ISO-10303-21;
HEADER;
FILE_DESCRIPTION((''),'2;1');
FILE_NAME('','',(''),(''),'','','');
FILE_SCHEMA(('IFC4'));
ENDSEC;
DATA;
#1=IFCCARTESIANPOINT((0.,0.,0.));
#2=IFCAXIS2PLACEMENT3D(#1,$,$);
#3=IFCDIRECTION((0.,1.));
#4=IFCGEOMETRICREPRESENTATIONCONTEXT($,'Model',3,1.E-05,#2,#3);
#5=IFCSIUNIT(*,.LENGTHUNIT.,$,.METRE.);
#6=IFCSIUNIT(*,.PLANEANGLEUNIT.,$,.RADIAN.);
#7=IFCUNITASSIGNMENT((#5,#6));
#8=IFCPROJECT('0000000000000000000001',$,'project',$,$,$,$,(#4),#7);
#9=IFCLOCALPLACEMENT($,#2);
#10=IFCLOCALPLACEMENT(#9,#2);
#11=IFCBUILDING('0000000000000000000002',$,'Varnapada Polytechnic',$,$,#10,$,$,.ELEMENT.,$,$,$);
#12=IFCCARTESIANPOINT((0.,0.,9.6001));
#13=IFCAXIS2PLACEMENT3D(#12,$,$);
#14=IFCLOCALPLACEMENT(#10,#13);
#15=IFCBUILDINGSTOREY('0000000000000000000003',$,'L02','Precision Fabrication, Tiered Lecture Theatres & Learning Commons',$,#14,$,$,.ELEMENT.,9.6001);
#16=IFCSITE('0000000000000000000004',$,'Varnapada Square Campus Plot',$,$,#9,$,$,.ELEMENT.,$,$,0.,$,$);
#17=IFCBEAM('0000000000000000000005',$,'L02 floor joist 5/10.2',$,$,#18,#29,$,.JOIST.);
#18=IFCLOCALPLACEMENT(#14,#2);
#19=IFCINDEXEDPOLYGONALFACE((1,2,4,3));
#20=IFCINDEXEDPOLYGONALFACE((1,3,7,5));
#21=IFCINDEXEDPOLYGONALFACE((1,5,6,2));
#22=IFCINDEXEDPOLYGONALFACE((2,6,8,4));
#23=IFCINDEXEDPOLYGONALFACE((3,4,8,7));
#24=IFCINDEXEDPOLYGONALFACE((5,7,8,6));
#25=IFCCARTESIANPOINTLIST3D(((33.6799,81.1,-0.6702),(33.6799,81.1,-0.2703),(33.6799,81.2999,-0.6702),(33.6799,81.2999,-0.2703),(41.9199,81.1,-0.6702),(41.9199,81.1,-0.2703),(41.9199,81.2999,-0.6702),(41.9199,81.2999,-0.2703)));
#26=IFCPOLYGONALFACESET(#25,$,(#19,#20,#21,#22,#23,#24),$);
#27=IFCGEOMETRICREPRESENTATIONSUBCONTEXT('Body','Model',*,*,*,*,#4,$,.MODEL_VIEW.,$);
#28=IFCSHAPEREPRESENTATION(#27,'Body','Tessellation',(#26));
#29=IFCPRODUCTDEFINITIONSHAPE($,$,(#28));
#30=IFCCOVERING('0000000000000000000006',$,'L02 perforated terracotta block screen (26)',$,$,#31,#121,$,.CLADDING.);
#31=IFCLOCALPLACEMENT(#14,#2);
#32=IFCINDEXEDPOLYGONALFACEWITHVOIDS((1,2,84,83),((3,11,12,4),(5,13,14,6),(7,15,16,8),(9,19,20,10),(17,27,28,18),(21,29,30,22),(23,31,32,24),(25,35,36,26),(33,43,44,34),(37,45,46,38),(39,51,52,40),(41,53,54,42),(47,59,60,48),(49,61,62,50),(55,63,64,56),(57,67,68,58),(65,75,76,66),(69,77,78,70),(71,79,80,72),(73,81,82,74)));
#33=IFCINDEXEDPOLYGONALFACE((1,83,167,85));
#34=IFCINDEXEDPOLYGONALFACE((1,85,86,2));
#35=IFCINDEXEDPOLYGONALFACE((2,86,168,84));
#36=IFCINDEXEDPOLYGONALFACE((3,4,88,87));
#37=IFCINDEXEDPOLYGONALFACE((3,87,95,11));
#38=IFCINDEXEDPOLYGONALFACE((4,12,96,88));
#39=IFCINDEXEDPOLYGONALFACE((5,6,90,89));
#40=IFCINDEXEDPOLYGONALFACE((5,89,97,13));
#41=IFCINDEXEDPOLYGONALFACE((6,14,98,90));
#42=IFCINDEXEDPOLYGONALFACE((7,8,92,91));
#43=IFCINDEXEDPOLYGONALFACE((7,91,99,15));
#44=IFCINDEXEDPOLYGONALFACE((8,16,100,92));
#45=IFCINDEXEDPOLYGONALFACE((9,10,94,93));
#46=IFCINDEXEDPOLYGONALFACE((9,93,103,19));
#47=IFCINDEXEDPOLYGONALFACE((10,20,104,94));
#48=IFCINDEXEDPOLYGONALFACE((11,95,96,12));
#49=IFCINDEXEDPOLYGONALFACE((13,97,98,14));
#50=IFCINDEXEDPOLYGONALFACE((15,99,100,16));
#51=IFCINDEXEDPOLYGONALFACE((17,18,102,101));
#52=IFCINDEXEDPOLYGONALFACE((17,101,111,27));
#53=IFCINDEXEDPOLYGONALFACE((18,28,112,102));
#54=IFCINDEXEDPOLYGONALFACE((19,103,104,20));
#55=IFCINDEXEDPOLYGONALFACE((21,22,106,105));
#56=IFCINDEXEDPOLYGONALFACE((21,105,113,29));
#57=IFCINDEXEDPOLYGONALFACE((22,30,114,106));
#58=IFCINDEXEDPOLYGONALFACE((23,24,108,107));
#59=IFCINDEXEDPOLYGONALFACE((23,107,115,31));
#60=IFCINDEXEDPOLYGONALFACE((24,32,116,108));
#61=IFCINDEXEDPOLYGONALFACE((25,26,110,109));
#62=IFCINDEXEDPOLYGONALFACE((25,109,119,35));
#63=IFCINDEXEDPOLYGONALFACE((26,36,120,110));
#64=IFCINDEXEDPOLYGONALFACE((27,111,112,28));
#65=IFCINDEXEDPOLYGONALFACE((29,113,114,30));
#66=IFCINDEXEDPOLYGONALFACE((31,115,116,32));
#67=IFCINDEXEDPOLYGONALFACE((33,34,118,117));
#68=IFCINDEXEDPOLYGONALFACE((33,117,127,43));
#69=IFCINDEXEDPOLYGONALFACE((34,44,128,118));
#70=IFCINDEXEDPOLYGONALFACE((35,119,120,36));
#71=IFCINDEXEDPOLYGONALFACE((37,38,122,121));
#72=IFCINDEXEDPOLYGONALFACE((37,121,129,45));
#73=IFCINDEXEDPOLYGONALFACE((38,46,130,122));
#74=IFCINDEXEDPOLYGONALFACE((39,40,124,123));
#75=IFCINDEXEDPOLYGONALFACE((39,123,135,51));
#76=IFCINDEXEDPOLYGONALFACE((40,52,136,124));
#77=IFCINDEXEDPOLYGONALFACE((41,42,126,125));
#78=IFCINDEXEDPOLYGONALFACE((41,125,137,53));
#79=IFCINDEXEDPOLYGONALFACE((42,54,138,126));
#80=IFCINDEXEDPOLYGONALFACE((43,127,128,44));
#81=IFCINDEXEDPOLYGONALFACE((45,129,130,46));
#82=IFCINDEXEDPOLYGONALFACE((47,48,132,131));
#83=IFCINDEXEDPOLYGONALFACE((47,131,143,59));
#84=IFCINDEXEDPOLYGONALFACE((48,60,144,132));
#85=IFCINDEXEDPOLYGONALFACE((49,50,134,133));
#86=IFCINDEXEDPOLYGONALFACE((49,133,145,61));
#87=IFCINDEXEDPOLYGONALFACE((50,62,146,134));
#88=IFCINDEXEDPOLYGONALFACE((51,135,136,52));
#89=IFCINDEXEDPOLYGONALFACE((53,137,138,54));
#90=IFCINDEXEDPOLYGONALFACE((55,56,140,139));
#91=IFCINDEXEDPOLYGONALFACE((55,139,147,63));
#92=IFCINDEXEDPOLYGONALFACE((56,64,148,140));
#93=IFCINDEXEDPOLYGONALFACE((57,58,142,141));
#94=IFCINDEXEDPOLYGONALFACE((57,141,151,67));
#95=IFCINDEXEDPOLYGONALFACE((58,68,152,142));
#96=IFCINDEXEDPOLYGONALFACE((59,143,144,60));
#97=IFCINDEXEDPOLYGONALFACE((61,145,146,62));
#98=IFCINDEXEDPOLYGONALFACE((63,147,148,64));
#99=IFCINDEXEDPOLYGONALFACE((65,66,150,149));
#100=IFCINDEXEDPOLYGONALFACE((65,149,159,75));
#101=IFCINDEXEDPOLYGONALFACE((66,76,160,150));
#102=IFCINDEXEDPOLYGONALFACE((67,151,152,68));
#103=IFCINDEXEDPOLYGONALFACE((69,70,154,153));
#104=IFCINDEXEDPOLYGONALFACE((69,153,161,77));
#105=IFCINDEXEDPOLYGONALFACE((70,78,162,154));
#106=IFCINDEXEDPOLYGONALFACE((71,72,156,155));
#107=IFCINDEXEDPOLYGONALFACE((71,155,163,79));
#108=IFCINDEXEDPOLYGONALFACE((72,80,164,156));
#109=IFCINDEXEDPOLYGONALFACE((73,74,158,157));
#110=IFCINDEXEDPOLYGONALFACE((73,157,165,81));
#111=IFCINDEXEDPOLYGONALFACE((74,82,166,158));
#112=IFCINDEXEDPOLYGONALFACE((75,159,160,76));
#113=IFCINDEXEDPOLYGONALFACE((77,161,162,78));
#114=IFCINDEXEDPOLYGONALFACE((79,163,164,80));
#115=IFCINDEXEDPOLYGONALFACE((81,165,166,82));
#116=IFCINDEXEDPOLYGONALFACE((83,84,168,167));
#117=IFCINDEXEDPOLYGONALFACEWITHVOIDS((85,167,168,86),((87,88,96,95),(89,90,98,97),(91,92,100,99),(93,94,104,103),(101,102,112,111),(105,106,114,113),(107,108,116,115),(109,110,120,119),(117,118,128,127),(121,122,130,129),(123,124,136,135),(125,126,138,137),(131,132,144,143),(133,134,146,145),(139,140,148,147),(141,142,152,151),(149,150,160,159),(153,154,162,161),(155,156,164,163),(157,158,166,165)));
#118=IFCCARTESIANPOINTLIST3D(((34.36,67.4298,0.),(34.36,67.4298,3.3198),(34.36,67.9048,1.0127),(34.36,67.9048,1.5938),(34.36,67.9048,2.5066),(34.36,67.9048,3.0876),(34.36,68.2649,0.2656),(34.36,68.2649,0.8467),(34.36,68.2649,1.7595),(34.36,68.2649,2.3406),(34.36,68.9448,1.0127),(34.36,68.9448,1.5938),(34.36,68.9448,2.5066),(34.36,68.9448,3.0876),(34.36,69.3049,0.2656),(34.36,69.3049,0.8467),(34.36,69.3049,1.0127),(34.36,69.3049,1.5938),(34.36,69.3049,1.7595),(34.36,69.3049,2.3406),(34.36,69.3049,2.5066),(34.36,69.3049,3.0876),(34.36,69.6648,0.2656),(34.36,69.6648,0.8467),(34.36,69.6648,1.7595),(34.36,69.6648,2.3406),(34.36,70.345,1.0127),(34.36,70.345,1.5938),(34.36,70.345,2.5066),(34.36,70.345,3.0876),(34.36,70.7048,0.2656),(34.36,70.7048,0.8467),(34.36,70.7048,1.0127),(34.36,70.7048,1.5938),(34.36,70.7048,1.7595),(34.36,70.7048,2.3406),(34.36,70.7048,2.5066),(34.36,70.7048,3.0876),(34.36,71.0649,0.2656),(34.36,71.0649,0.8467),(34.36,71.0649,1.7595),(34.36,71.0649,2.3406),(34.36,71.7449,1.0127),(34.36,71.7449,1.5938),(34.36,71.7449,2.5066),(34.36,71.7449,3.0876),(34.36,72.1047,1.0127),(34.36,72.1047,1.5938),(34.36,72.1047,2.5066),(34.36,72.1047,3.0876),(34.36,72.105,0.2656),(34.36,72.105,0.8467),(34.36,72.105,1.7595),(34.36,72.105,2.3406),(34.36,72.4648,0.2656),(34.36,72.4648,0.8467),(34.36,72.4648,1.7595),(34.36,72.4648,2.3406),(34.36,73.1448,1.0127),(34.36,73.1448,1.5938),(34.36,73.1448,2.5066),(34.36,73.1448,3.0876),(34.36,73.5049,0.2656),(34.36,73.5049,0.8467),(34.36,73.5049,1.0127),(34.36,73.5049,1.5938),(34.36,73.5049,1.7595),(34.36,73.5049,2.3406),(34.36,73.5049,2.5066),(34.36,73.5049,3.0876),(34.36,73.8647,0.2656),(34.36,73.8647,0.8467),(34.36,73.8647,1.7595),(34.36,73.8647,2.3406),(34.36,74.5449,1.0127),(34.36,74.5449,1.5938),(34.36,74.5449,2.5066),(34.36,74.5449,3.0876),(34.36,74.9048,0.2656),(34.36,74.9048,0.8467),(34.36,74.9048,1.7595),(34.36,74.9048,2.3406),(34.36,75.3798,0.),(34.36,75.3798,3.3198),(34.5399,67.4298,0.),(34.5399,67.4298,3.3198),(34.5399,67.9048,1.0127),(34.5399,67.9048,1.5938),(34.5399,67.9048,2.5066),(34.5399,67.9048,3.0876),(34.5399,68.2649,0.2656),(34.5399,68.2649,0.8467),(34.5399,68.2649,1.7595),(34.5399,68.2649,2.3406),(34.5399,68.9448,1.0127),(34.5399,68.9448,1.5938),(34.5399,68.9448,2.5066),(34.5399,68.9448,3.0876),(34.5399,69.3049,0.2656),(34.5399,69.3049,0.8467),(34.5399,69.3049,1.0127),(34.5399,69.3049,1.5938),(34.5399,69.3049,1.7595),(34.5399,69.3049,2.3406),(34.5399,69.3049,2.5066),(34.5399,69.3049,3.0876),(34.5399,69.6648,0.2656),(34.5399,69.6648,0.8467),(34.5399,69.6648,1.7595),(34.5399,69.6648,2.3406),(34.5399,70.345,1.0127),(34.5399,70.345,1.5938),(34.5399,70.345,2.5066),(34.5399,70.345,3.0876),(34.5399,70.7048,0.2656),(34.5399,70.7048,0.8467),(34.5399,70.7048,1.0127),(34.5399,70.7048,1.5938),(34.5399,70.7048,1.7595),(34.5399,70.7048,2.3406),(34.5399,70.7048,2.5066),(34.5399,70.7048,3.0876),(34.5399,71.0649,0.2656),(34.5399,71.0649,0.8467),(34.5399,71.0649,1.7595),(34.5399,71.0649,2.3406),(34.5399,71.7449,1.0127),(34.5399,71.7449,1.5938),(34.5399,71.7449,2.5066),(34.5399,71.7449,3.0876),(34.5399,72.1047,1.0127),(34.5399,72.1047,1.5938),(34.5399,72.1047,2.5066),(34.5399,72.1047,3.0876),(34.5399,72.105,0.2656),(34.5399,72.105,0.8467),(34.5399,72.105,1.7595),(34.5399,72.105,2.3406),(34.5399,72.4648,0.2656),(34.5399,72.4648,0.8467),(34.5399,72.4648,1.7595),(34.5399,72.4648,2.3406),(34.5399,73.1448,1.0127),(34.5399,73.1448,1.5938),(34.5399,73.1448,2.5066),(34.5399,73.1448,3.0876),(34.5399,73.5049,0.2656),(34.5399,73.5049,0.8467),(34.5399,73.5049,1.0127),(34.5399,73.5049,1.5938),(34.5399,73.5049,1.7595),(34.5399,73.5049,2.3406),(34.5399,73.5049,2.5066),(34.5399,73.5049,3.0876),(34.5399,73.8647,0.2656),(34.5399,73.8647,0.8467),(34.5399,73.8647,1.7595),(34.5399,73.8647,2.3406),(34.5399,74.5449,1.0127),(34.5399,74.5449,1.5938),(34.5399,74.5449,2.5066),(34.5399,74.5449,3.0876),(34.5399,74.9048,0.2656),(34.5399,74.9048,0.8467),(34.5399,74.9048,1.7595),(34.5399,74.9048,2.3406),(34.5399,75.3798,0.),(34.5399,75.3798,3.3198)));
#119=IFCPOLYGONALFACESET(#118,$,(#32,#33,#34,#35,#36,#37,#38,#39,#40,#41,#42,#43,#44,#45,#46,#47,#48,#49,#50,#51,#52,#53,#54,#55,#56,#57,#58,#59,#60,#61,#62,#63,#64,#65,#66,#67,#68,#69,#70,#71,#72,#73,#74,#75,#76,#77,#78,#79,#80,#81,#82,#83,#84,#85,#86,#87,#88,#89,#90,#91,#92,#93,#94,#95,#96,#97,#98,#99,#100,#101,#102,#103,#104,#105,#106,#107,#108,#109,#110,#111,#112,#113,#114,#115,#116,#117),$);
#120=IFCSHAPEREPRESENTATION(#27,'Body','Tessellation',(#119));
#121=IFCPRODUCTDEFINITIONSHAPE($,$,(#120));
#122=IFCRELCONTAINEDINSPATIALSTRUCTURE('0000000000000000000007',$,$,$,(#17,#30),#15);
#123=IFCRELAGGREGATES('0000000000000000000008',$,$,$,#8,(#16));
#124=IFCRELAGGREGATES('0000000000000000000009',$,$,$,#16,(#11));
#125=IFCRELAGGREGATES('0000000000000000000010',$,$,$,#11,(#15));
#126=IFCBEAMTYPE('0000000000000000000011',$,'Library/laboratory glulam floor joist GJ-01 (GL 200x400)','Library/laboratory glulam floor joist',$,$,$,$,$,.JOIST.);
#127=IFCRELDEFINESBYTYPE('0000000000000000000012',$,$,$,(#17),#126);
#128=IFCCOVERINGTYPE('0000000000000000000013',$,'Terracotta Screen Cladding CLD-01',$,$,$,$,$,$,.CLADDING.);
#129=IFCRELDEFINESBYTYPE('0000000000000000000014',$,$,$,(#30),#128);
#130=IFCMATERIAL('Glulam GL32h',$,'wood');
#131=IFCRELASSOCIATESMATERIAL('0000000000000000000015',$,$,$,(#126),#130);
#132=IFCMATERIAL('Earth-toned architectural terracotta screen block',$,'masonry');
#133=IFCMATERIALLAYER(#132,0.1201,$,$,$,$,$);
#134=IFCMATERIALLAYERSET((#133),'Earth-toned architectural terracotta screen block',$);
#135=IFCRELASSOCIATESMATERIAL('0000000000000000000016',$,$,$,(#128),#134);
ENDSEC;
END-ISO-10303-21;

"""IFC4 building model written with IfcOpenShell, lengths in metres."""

from ifc_helpers import new_model, si_unit, direction, frame, frame_2d, origin, origin_2d, place, context, subcontext, project, spatial, rectangle, extrude, material, layer, layer_set, material_profile, profile_set, type_object, element, save


model = new_model("IFC4")

# Units and contexts
model_context = context("Model", 3, precision=1e-05, world=origin(), true_north=direction((0.0, 1.0)))
body_context = subcontext(model_context, "Body", "Model", "MODEL_VIEW")
ifc_project = project(units=[si_unit("LENGTHUNIT", "METRE"), si_unit("PLANEANGLEUNIT", "RADIAN")], contexts=[model_context])

# Site, building, storey
site_placement = place(None, origin())
site = spatial("IfcSite", under=ifc_project, at=site_placement, Name="Varnapada Square Campus Plot", CompositionType="ELEMENT", RefElevation=0.0)
building_placement = place(site_placement, origin())
building = spatial("IfcBuilding", under=site, at=building_placement, Name="Varnapada Polytechnic", CompositionType="ELEMENT")
storey_placement = place(building_placement, frame((0.0, 0.0, 9.6001)))
storey = spatial("IfcBuildingStorey", under=building, at=storey_placement, Name="L02", Description="Precision Fabrication, Tiered Lecture Theatres & Learning Commons", CompositionType="ELEMENT", Elevation=9.6001)

# Beam
ifc_material_1 = material(Name="Glulam GL32h", Category="wood")
ifc_material_profile = material_profile(ifc_material_1, rectangle(XDim=0.2, YDim=0.3999, at=origin_2d()), Name="GL 200x400")
ifc_profile_set = profile_set([ifc_material_profile], Name="Glulam GL32h")
beam_type = type_object("IfcBeamType", Name="Library/laboratory glulam floor joist GJ-01 (GL 200x400)", Description="Library/laboratory glulam floor joist", PredefinedType="JOIST", material=ifc_profile_set)
beam_placement = place(storey_placement, frame((33.6799, 81.2, -0.4702), z_axis=(1.0, 0.0, 0.0), x_axis=(0.0, 1.0, 0.0)))
element("IfcBeam", 1, at=beam_placement, inside=storey, type_object=beam_type, Name="L02 floor joist 5/10.2", PredefinedType="JOIST", context=body_context, shape_type="SweptSolid", body=[
    extrude(rectangle(XDim=0.2, YDim=0.3999, at=origin_2d()), origin(), (0.0, 0.0, 1.0), 8.24),
])

# Covering, openings
ifc_material_2 = material(Name="Earth-toned architectural terracotta screen block", Category="masonry")
ifc_layer_1 = layer(ifc_material_2, 0.1201)
ifc_layer_set_1 = layer_set([ifc_layer_1], Name="Earth-toned architectural terracotta screen block")
covering_type = type_object("IfcCoveringType", Name="Terracotta Screen Cladding CLD-01", PredefinedType="CLADDING", material=ifc_layer_set_1)
covering_placement = place(storey_placement, frame((34.45, 75.3799, 0.0), z_axis=(0.0, 0.0, 1.0), x_axis=(0.0, -1.0, 0.0)))
covering = element("IfcCovering", 2, at=covering_placement, inside=storey, type_object=covering_type, Name="L02 perforated terracotta block screen (26)", PredefinedType="CLADDING", context=body_context, shape_type="SweptSolid", body=[
    extrude(rectangle(XDim=7.95, YDim=0.1799, at=frame_2d((3.9751, 0.0))), origin(), (0.0, 0.0, 1.0), 3.3198),
])
opening_1_placement = place(covering_placement, frame((0.4751, 0.0, 0.2656)))
element("IfcOpeningElement", 3, at=opening_1_placement, cuts=covering, PredefinedType="OPENING", context=body_context, shape_type="SweptSolid", body=[
    extrude(rectangle(XDim=1.04, YDim=0.5811, at=frame_2d((0.52, 0.2905))), frame((0.0, 0.0999, 0.0), z_axis=(0.0, -1.0, 0.0), x_axis=(1.0, 0.0, 0.0)), (0.0, 0.0, 1.0), 0.2),
])
opening_2_placement = place(covering_placement, frame((1.875, 0.0, 0.2656)))
element("IfcOpeningElement", 4, at=opening_2_placement, cuts=covering, PredefinedType="OPENING", context=body_context, shape_type="SweptSolid", body=[
    extrude(rectangle(XDim=1.04, YDim=0.5811, at=frame_2d((0.52, 0.2905))), frame((0.0, 0.0999, 0.0), z_axis=(0.0, -1.0, 0.0), x_axis=(1.0, 0.0, 0.0)), (0.0, 0.0, 1.0), 0.2),
])
opening_3_placement = place(covering_placement, frame((3.2749, 0.0, 0.2656)))
element("IfcOpeningElement", 5, at=opening_3_placement, cuts=covering, PredefinedType="OPENING", context=body_context, shape_type="SweptSolid", body=[
    extrude(rectangle(XDim=1.04, YDim=0.5811, at=frame_2d((0.52, 0.2905))), frame((0.0, 0.0999, 0.0), z_axis=(0.0, -1.0, 0.0), x_axis=(1.0, 0.0, 0.0)), (0.0, 0.0, 1.0), 0.2),
])
opening_4_placement = place(covering_placement, frame((4.675, 0.0, 0.2656)))
element("IfcOpeningElement", 6, at=opening_4_placement, cuts=covering, PredefinedType="OPENING", context=body_context, shape_type="SweptSolid", body=[
    extrude(rectangle(XDim=1.04, YDim=0.5811, at=frame_2d((0.52, 0.2905))), frame((0.0, 0.0999, 0.0), z_axis=(0.0, -1.0, 0.0), x_axis=(1.0, 0.0, 0.0)), (0.0, 0.0, 1.0), 0.2),
])
opening_5_placement = place(covering_placement, frame((6.075, 0.0, 0.2656)))
element("IfcOpeningElement", 7, at=opening_5_placement, cuts=covering, PredefinedType="OPENING", context=body_context, shape_type="SweptSolid", body=[
    extrude(rectangle(XDim=1.04, YDim=0.5811, at=frame_2d((0.52, 0.2905))), frame((0.0, 0.0999, 0.0), z_axis=(0.0, -1.0, 0.0), x_axis=(1.0, 0.0, 0.0)), (0.0, 0.0, 1.0), 0.2),
])
opening_6_placement = place(covering_placement, frame((0.835, 0.0, 1.0127)))
element("IfcOpeningElement", 8, at=opening_6_placement, cuts=covering, PredefinedType="OPENING", context=body_context, shape_type="SweptSolid", body=[
    extrude(rectangle(XDim=1.04, YDim=0.5811, at=frame_2d((0.52, 0.2905))), frame((0.0, 0.0999, 0.0), z_axis=(0.0, -1.0, 0.0), x_axis=(1.0, 0.0, 0.0)), (0.0, 0.0, 1.0), 0.2),
])
opening_7_placement = place(covering_placement, frame((2.2351, 0.0, 1.0127)))
element("IfcOpeningElement", 9, at=opening_7_placement, cuts=covering, PredefinedType="OPENING", context=body_context, shape_type="SweptSolid", body=[
    extrude(rectangle(XDim=1.04, YDim=0.5811, at=frame_2d((0.52, 0.2905))), frame((0.0, 0.0999, 0.0), z_axis=(0.0, -1.0, 0.0), x_axis=(1.0, 0.0, 0.0)), (0.0, 0.0, 1.0), 0.2),
])
opening_8_placement = place(covering_placement, frame((3.635, 0.0, 1.0127)))
element("IfcOpeningElement", 10, at=opening_8_placement, cuts=covering, PredefinedType="OPENING", context=body_context, shape_type="SweptSolid", body=[
    extrude(rectangle(XDim=1.04, YDim=0.5811, at=frame_2d((0.52, 0.2905))), frame((0.0, 0.0999, 0.0), z_axis=(0.0, -1.0, 0.0), x_axis=(1.0, 0.0, 0.0)), (0.0, 0.0, 1.0), 0.2),
])
opening_9_placement = place(covering_placement, frame((5.0349, 0.0, 1.0127)))
element("IfcOpeningElement", 11, at=opening_9_placement, cuts=covering, PredefinedType="OPENING", context=body_context, shape_type="SweptSolid", body=[
    extrude(rectangle(XDim=1.04, YDim=0.5811, at=frame_2d((0.52, 0.2905))), frame((0.0, 0.0999, 0.0), z_axis=(0.0, -1.0, 0.0), x_axis=(1.0, 0.0, 0.0)), (0.0, 0.0, 1.0), 0.2),
])
opening_10_placement = place(covering_placement, frame((6.4351, 0.0, 1.0127)))
element("IfcOpeningElement", 12, at=opening_10_placement, cuts=covering, PredefinedType="OPENING", context=body_context, shape_type="SweptSolid", body=[
    extrude(rectangle(XDim=1.04, YDim=0.5811, at=frame_2d((0.52, 0.2905))), frame((0.0, 0.0999, 0.0), z_axis=(0.0, -1.0, 0.0), x_axis=(1.0, 0.0, 0.0)), (0.0, 0.0, 1.0), 0.2),
])
opening_11_placement = place(covering_placement, frame((0.4751, 0.0, 1.7595)))
element("IfcOpeningElement", 13, at=opening_11_placement, cuts=covering, PredefinedType="OPENING", context=body_context, shape_type="SweptSolid", body=[
    extrude(rectangle(XDim=1.04, YDim=0.5811, at=frame_2d((0.52, 0.2905))), frame((0.0, 0.0999, 0.0), z_axis=(0.0, -1.0, 0.0), x_axis=(1.0, 0.0, 0.0)), (0.0, 0.0, 1.0), 0.2),
])
opening_12_placement = place(covering_placement, frame((1.875, 0.0, 1.7595)))
element("IfcOpeningElement", 14, at=opening_12_placement, cuts=covering, PredefinedType="OPENING", context=body_context, shape_type="SweptSolid", body=[
    extrude(rectangle(XDim=1.04, YDim=0.5811, at=frame_2d((0.52, 0.2905))), frame((0.0, 0.0999, 0.0), z_axis=(0.0, -1.0, 0.0), x_axis=(1.0, 0.0, 0.0)), (0.0, 0.0, 1.0), 0.2),
])
opening_13_placement = place(covering_placement, frame((3.2749, 0.0, 1.7595)))
element("IfcOpeningElement", 15, at=opening_13_placement, cuts=covering, PredefinedType="OPENING", context=body_context, shape_type="SweptSolid", body=[
    extrude(rectangle(XDim=1.04, YDim=0.5811, at=frame_2d((0.52, 0.2905))), frame((0.0, 0.0999, 0.0), z_axis=(0.0, -1.0, 0.0), x_axis=(1.0, 0.0, 0.0)), (0.0, 0.0, 1.0), 0.2),
])
opening_14_placement = place(covering_placement, frame((4.675, 0.0, 1.7595)))
element("IfcOpeningElement", 16, at=opening_14_placement, cuts=covering, PredefinedType="OPENING", context=body_context, shape_type="SweptSolid", body=[
    extrude(rectangle(XDim=1.04, YDim=0.5811, at=frame_2d((0.52, 0.2905))), frame((0.0, 0.0999, 0.0), z_axis=(0.0, -1.0, 0.0), x_axis=(1.0, 0.0, 0.0)), (0.0, 0.0, 1.0), 0.2),
])
opening_15_placement = place(covering_placement, frame((6.075, 0.0, 1.7595)))
element("IfcOpeningElement", 17, at=opening_15_placement, cuts=covering, PredefinedType="OPENING", context=body_context, shape_type="SweptSolid", body=[
    extrude(rectangle(XDim=1.04, YDim=0.5811, at=frame_2d((0.52, 0.2905))), frame((0.0, 0.0999, 0.0), z_axis=(0.0, -1.0, 0.0), x_axis=(1.0, 0.0, 0.0)), (0.0, 0.0, 1.0), 0.2),
])
opening_16_placement = place(covering_placement, frame((0.835, 0.0, 2.5066)))
element("IfcOpeningElement", 18, at=opening_16_placement, cuts=covering, PredefinedType="OPENING", context=body_context, shape_type="SweptSolid", body=[
    extrude(rectangle(XDim=1.04, YDim=0.5811, at=frame_2d((0.52, 0.2905))), frame((0.0, 0.0999, 0.0), z_axis=(0.0, -1.0, 0.0), x_axis=(1.0, 0.0, 0.0)), (0.0, 0.0, 1.0), 0.2),
])
opening_17_placement = place(covering_placement, frame((2.2351, 0.0, 2.5066)))
element("IfcOpeningElement", 19, at=opening_17_placement, cuts=covering, PredefinedType="OPENING", context=body_context, shape_type="SweptSolid", body=[
    extrude(rectangle(XDim=1.04, YDim=0.5811, at=frame_2d((0.52, 0.2905))), frame((0.0, 0.0999, 0.0), z_axis=(0.0, -1.0, 0.0), x_axis=(1.0, 0.0, 0.0)), (0.0, 0.0, 1.0), 0.2),
])
opening_18_placement = place(covering_placement, frame((3.635, 0.0, 2.5066)))
element("IfcOpeningElement", 20, at=opening_18_placement, cuts=covering, PredefinedType="OPENING", context=body_context, shape_type="SweptSolid", body=[
    extrude(rectangle(XDim=1.04, YDim=0.5811, at=frame_2d((0.52, 0.2905))), frame((0.0, 0.0999, 0.0), z_axis=(0.0, -1.0, 0.0), x_axis=(1.0, 0.0, 0.0)), (0.0, 0.0, 1.0), 0.2),
])
opening_19_placement = place(covering_placement, frame((5.0349, 0.0, 2.5066)))
element("IfcOpeningElement", 21, at=opening_19_placement, cuts=covering, PredefinedType="OPENING", context=body_context, shape_type="SweptSolid", body=[
    extrude(rectangle(XDim=1.04, YDim=0.5811, at=frame_2d((0.52, 0.2905))), frame((0.0, 0.0999, 0.0), z_axis=(0.0, -1.0, 0.0), x_axis=(1.0, 0.0, 0.0)), (0.0, 0.0, 1.0), 0.2),
])
opening_20_placement = place(covering_placement, frame((6.4351, 0.0, 2.5066)))
element("IfcOpeningElement", 22, at=opening_20_placement, cuts=covering, PredefinedType="OPENING", context=body_context, shape_type="SweptSolid", body=[
    extrude(rectangle(XDim=1.04, YDim=0.5811, at=frame_2d((0.52, 0.2905))), frame((0.0, 0.0999, 0.0), z_axis=(0.0, -1.0, 0.0), x_axis=(1.0, 0.0, 0.0)), (0.0, 0.0, 1.0), 0.2),
])

save(model, "model.ifc")
